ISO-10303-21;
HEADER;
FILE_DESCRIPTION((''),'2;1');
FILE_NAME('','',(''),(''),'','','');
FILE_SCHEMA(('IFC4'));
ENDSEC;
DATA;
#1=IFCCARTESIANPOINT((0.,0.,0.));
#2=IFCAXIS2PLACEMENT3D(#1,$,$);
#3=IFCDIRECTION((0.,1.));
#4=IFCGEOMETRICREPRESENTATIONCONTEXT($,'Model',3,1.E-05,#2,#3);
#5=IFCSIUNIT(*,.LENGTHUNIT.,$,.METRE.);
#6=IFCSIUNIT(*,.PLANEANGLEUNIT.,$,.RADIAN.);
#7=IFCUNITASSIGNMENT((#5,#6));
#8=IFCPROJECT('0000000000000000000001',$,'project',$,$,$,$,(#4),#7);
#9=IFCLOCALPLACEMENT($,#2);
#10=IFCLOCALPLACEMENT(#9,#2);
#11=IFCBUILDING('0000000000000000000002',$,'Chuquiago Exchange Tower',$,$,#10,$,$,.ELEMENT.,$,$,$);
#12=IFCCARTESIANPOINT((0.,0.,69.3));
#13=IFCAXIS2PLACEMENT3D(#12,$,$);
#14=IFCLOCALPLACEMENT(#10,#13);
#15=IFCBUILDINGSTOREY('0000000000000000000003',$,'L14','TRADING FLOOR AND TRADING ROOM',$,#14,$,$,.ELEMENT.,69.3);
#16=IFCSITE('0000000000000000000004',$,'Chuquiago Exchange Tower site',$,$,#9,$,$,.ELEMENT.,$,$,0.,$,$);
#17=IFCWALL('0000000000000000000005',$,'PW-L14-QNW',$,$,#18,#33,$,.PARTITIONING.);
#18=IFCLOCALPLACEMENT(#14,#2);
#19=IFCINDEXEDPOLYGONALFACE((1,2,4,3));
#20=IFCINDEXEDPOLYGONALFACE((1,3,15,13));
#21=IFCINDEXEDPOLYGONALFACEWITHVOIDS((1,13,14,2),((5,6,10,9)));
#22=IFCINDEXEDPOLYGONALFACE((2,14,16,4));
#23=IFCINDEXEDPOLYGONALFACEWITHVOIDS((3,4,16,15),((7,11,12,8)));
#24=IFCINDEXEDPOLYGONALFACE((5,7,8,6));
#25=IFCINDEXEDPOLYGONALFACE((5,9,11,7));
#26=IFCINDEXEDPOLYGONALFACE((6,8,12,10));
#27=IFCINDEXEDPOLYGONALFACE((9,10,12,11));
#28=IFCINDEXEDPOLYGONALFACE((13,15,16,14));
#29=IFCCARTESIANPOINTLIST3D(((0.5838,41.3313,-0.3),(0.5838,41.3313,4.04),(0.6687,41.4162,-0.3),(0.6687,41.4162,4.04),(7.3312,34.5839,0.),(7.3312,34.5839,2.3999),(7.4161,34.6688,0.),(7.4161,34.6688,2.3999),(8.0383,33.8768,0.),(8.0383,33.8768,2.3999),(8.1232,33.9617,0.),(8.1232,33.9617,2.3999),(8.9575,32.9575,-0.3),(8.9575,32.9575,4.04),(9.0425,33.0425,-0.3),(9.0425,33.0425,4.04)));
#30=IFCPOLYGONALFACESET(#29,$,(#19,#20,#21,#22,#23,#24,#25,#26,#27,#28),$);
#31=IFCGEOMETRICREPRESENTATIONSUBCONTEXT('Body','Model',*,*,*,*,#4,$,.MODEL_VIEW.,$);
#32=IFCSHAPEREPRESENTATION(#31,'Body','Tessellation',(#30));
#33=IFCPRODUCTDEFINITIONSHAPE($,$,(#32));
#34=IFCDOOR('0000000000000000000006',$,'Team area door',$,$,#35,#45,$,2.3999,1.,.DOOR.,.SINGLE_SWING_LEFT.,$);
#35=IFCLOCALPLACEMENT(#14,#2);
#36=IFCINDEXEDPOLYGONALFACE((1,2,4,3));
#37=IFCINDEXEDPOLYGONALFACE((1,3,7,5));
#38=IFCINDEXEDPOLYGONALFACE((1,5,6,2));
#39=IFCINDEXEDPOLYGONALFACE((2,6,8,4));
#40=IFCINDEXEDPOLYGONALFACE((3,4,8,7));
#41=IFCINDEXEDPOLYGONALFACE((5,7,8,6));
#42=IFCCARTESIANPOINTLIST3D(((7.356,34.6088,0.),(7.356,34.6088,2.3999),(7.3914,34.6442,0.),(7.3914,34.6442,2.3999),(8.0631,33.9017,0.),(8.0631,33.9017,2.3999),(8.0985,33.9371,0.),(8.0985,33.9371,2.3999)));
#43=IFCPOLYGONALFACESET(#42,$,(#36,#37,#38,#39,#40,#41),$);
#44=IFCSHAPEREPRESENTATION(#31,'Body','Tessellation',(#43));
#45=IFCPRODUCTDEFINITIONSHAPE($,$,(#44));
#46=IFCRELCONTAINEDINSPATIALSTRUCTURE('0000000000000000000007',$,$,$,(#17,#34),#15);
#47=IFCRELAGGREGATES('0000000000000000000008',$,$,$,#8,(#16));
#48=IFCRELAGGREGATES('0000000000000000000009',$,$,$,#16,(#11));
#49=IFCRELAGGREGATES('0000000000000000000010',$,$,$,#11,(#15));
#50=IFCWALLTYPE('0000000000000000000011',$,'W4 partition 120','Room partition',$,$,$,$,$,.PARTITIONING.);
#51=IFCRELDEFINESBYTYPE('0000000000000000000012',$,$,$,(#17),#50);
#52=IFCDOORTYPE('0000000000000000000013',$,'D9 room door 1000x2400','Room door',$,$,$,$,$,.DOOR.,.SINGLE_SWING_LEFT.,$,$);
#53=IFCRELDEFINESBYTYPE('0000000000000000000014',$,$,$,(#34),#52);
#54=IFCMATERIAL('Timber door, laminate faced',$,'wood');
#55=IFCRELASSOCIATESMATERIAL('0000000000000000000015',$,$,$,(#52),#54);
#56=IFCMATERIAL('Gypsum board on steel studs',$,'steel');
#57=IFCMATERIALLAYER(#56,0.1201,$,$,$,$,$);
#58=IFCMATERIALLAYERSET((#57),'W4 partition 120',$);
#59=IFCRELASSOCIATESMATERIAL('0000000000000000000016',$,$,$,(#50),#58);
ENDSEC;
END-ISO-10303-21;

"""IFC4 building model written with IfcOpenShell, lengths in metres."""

from ifc_helpers import new_model, si_unit, direction, frame, frame_2d, origin, place, context, subcontext, project, spatial, rectangle, extrude, material, layer, layer_set, type_object, element, fill, save


model = new_model("IFC4")

# Units and contexts
model_context = context("Model", 3, precision=1e-05, world=origin(), true_north=direction((0.0, 1.0)))
body_context = subcontext(model_context, "Body", "Model", "MODEL_VIEW")
ifc_project = project(units=[si_unit("LENGTHUNIT", "METRE"), si_unit("PLANEANGLEUNIT", "RADIAN")], contexts=[model_context])

# Site, building, storey
site_placement = place(None, origin())
site = spatial("IfcSite", under=ifc_project, at=site_placement, Name="Chuquiago Exchange Tower site", CompositionType="ELEMENT", RefElevation=0.0)
building_placement = place(site_placement, origin())
building = spatial("IfcBuilding", under=site, at=building_placement, Name="Chuquiago Exchange Tower", CompositionType="ELEMENT")
storey_placement = place(building_placement, frame((0.0, 0.0, 69.3)))
storey = spatial("IfcBuildingStorey", under=building, at=storey_placement, Name="L14", Description="TRADING FLOOR AND TRADING ROOM", CompositionType="ELEMENT", Elevation=69.3)

# Shared definitions
ifc_material_1 = material(Name="Timber door, laminate faced", Category="wood")
door_type_1 = type_object("IfcDoorType", Name="D9 room door 1000x2400", Description="Room door", OperationType="SINGLE_SWING_LEFT", PredefinedType="DOOR", material=ifc_material_1)

# Shared definitions
ifc_material_2 = material(Name="Gypsum board on steel studs", Category="steel")
ifc_layer_1 = layer(ifc_material_2, 0.1201)
ifc_layer_set_1 = layer_set([ifc_layer_1], Name="W4 partition 120")
wall_type_1 = type_object("IfcWallType", Name="W4 partition 120", Description="Room partition", PredefinedType="PARTITIONING", material=ifc_layer_set_1)

# Wall, opening, door
wall_1_placement = place(storey_placement, frame((9.0, 33.0, -0.3), z_axis=(0.0, 0.0, 1.0), x_axis=(-0.707107, 0.707107, 0.0)))
wall_1 = element("IfcWall", 1, at=wall_1_placement, inside=storey, type_object=wall_type_1, Name="PW-L14-QNW", PredefinedType="PARTITIONING", context=body_context, shape_type="SweptSolid", body=[
    extrude(rectangle(XDim=11.8423, YDim=0.1201, at=frame_2d((5.9211, 0.0))), origin(), (0.0, 0.0, 1.0), 4.3401),
])
opening_1_placement = place(wall_1_placement, frame((1.3, 0.0, 0.3)))
opening_1 = element("IfcOpeningElement", 2, at=opening_1_placement, cuts=wall_1, PredefinedType="OPENING", context=body_context, shape_type="SweptSolid", body=[
    extrude(rectangle(XDim=1.0, YDim=2.3999, at=frame_2d((0.5, 1.2))), frame((0.0, 0.0701, 0.0), z_axis=(0.0, -1.0, 0.0), x_axis=(1.0, 0.0, 0.0)), (0.0, 0.0, 1.0), 0.1401),
])
door_1_placement = place(opening_1_placement, origin())
door_1 = element("IfcDoor", 3, at=door_1_placement, inside=storey, type_object=door_type_1, Name="Team area door", OperationType="SINGLE_SWING_LEFT", OverallHeight=2.3999, OverallWidth=1.0, PredefinedType="DOOR", context=body_context, shape_type="SweptSolid", body=[
    extrude(rectangle(XDim=1.0, YDim=2.3999, at=frame_2d((0.5, 1.2))), frame((0.0, 0.0249, 0.0), z_axis=(0.0, -1.0, 0.0), x_axis=(1.0, 0.0, 0.0)), (0.0, 0.0, 1.0), 0.05),
])
fill(opening_1, door_1)

save(model, "model.ifc")
